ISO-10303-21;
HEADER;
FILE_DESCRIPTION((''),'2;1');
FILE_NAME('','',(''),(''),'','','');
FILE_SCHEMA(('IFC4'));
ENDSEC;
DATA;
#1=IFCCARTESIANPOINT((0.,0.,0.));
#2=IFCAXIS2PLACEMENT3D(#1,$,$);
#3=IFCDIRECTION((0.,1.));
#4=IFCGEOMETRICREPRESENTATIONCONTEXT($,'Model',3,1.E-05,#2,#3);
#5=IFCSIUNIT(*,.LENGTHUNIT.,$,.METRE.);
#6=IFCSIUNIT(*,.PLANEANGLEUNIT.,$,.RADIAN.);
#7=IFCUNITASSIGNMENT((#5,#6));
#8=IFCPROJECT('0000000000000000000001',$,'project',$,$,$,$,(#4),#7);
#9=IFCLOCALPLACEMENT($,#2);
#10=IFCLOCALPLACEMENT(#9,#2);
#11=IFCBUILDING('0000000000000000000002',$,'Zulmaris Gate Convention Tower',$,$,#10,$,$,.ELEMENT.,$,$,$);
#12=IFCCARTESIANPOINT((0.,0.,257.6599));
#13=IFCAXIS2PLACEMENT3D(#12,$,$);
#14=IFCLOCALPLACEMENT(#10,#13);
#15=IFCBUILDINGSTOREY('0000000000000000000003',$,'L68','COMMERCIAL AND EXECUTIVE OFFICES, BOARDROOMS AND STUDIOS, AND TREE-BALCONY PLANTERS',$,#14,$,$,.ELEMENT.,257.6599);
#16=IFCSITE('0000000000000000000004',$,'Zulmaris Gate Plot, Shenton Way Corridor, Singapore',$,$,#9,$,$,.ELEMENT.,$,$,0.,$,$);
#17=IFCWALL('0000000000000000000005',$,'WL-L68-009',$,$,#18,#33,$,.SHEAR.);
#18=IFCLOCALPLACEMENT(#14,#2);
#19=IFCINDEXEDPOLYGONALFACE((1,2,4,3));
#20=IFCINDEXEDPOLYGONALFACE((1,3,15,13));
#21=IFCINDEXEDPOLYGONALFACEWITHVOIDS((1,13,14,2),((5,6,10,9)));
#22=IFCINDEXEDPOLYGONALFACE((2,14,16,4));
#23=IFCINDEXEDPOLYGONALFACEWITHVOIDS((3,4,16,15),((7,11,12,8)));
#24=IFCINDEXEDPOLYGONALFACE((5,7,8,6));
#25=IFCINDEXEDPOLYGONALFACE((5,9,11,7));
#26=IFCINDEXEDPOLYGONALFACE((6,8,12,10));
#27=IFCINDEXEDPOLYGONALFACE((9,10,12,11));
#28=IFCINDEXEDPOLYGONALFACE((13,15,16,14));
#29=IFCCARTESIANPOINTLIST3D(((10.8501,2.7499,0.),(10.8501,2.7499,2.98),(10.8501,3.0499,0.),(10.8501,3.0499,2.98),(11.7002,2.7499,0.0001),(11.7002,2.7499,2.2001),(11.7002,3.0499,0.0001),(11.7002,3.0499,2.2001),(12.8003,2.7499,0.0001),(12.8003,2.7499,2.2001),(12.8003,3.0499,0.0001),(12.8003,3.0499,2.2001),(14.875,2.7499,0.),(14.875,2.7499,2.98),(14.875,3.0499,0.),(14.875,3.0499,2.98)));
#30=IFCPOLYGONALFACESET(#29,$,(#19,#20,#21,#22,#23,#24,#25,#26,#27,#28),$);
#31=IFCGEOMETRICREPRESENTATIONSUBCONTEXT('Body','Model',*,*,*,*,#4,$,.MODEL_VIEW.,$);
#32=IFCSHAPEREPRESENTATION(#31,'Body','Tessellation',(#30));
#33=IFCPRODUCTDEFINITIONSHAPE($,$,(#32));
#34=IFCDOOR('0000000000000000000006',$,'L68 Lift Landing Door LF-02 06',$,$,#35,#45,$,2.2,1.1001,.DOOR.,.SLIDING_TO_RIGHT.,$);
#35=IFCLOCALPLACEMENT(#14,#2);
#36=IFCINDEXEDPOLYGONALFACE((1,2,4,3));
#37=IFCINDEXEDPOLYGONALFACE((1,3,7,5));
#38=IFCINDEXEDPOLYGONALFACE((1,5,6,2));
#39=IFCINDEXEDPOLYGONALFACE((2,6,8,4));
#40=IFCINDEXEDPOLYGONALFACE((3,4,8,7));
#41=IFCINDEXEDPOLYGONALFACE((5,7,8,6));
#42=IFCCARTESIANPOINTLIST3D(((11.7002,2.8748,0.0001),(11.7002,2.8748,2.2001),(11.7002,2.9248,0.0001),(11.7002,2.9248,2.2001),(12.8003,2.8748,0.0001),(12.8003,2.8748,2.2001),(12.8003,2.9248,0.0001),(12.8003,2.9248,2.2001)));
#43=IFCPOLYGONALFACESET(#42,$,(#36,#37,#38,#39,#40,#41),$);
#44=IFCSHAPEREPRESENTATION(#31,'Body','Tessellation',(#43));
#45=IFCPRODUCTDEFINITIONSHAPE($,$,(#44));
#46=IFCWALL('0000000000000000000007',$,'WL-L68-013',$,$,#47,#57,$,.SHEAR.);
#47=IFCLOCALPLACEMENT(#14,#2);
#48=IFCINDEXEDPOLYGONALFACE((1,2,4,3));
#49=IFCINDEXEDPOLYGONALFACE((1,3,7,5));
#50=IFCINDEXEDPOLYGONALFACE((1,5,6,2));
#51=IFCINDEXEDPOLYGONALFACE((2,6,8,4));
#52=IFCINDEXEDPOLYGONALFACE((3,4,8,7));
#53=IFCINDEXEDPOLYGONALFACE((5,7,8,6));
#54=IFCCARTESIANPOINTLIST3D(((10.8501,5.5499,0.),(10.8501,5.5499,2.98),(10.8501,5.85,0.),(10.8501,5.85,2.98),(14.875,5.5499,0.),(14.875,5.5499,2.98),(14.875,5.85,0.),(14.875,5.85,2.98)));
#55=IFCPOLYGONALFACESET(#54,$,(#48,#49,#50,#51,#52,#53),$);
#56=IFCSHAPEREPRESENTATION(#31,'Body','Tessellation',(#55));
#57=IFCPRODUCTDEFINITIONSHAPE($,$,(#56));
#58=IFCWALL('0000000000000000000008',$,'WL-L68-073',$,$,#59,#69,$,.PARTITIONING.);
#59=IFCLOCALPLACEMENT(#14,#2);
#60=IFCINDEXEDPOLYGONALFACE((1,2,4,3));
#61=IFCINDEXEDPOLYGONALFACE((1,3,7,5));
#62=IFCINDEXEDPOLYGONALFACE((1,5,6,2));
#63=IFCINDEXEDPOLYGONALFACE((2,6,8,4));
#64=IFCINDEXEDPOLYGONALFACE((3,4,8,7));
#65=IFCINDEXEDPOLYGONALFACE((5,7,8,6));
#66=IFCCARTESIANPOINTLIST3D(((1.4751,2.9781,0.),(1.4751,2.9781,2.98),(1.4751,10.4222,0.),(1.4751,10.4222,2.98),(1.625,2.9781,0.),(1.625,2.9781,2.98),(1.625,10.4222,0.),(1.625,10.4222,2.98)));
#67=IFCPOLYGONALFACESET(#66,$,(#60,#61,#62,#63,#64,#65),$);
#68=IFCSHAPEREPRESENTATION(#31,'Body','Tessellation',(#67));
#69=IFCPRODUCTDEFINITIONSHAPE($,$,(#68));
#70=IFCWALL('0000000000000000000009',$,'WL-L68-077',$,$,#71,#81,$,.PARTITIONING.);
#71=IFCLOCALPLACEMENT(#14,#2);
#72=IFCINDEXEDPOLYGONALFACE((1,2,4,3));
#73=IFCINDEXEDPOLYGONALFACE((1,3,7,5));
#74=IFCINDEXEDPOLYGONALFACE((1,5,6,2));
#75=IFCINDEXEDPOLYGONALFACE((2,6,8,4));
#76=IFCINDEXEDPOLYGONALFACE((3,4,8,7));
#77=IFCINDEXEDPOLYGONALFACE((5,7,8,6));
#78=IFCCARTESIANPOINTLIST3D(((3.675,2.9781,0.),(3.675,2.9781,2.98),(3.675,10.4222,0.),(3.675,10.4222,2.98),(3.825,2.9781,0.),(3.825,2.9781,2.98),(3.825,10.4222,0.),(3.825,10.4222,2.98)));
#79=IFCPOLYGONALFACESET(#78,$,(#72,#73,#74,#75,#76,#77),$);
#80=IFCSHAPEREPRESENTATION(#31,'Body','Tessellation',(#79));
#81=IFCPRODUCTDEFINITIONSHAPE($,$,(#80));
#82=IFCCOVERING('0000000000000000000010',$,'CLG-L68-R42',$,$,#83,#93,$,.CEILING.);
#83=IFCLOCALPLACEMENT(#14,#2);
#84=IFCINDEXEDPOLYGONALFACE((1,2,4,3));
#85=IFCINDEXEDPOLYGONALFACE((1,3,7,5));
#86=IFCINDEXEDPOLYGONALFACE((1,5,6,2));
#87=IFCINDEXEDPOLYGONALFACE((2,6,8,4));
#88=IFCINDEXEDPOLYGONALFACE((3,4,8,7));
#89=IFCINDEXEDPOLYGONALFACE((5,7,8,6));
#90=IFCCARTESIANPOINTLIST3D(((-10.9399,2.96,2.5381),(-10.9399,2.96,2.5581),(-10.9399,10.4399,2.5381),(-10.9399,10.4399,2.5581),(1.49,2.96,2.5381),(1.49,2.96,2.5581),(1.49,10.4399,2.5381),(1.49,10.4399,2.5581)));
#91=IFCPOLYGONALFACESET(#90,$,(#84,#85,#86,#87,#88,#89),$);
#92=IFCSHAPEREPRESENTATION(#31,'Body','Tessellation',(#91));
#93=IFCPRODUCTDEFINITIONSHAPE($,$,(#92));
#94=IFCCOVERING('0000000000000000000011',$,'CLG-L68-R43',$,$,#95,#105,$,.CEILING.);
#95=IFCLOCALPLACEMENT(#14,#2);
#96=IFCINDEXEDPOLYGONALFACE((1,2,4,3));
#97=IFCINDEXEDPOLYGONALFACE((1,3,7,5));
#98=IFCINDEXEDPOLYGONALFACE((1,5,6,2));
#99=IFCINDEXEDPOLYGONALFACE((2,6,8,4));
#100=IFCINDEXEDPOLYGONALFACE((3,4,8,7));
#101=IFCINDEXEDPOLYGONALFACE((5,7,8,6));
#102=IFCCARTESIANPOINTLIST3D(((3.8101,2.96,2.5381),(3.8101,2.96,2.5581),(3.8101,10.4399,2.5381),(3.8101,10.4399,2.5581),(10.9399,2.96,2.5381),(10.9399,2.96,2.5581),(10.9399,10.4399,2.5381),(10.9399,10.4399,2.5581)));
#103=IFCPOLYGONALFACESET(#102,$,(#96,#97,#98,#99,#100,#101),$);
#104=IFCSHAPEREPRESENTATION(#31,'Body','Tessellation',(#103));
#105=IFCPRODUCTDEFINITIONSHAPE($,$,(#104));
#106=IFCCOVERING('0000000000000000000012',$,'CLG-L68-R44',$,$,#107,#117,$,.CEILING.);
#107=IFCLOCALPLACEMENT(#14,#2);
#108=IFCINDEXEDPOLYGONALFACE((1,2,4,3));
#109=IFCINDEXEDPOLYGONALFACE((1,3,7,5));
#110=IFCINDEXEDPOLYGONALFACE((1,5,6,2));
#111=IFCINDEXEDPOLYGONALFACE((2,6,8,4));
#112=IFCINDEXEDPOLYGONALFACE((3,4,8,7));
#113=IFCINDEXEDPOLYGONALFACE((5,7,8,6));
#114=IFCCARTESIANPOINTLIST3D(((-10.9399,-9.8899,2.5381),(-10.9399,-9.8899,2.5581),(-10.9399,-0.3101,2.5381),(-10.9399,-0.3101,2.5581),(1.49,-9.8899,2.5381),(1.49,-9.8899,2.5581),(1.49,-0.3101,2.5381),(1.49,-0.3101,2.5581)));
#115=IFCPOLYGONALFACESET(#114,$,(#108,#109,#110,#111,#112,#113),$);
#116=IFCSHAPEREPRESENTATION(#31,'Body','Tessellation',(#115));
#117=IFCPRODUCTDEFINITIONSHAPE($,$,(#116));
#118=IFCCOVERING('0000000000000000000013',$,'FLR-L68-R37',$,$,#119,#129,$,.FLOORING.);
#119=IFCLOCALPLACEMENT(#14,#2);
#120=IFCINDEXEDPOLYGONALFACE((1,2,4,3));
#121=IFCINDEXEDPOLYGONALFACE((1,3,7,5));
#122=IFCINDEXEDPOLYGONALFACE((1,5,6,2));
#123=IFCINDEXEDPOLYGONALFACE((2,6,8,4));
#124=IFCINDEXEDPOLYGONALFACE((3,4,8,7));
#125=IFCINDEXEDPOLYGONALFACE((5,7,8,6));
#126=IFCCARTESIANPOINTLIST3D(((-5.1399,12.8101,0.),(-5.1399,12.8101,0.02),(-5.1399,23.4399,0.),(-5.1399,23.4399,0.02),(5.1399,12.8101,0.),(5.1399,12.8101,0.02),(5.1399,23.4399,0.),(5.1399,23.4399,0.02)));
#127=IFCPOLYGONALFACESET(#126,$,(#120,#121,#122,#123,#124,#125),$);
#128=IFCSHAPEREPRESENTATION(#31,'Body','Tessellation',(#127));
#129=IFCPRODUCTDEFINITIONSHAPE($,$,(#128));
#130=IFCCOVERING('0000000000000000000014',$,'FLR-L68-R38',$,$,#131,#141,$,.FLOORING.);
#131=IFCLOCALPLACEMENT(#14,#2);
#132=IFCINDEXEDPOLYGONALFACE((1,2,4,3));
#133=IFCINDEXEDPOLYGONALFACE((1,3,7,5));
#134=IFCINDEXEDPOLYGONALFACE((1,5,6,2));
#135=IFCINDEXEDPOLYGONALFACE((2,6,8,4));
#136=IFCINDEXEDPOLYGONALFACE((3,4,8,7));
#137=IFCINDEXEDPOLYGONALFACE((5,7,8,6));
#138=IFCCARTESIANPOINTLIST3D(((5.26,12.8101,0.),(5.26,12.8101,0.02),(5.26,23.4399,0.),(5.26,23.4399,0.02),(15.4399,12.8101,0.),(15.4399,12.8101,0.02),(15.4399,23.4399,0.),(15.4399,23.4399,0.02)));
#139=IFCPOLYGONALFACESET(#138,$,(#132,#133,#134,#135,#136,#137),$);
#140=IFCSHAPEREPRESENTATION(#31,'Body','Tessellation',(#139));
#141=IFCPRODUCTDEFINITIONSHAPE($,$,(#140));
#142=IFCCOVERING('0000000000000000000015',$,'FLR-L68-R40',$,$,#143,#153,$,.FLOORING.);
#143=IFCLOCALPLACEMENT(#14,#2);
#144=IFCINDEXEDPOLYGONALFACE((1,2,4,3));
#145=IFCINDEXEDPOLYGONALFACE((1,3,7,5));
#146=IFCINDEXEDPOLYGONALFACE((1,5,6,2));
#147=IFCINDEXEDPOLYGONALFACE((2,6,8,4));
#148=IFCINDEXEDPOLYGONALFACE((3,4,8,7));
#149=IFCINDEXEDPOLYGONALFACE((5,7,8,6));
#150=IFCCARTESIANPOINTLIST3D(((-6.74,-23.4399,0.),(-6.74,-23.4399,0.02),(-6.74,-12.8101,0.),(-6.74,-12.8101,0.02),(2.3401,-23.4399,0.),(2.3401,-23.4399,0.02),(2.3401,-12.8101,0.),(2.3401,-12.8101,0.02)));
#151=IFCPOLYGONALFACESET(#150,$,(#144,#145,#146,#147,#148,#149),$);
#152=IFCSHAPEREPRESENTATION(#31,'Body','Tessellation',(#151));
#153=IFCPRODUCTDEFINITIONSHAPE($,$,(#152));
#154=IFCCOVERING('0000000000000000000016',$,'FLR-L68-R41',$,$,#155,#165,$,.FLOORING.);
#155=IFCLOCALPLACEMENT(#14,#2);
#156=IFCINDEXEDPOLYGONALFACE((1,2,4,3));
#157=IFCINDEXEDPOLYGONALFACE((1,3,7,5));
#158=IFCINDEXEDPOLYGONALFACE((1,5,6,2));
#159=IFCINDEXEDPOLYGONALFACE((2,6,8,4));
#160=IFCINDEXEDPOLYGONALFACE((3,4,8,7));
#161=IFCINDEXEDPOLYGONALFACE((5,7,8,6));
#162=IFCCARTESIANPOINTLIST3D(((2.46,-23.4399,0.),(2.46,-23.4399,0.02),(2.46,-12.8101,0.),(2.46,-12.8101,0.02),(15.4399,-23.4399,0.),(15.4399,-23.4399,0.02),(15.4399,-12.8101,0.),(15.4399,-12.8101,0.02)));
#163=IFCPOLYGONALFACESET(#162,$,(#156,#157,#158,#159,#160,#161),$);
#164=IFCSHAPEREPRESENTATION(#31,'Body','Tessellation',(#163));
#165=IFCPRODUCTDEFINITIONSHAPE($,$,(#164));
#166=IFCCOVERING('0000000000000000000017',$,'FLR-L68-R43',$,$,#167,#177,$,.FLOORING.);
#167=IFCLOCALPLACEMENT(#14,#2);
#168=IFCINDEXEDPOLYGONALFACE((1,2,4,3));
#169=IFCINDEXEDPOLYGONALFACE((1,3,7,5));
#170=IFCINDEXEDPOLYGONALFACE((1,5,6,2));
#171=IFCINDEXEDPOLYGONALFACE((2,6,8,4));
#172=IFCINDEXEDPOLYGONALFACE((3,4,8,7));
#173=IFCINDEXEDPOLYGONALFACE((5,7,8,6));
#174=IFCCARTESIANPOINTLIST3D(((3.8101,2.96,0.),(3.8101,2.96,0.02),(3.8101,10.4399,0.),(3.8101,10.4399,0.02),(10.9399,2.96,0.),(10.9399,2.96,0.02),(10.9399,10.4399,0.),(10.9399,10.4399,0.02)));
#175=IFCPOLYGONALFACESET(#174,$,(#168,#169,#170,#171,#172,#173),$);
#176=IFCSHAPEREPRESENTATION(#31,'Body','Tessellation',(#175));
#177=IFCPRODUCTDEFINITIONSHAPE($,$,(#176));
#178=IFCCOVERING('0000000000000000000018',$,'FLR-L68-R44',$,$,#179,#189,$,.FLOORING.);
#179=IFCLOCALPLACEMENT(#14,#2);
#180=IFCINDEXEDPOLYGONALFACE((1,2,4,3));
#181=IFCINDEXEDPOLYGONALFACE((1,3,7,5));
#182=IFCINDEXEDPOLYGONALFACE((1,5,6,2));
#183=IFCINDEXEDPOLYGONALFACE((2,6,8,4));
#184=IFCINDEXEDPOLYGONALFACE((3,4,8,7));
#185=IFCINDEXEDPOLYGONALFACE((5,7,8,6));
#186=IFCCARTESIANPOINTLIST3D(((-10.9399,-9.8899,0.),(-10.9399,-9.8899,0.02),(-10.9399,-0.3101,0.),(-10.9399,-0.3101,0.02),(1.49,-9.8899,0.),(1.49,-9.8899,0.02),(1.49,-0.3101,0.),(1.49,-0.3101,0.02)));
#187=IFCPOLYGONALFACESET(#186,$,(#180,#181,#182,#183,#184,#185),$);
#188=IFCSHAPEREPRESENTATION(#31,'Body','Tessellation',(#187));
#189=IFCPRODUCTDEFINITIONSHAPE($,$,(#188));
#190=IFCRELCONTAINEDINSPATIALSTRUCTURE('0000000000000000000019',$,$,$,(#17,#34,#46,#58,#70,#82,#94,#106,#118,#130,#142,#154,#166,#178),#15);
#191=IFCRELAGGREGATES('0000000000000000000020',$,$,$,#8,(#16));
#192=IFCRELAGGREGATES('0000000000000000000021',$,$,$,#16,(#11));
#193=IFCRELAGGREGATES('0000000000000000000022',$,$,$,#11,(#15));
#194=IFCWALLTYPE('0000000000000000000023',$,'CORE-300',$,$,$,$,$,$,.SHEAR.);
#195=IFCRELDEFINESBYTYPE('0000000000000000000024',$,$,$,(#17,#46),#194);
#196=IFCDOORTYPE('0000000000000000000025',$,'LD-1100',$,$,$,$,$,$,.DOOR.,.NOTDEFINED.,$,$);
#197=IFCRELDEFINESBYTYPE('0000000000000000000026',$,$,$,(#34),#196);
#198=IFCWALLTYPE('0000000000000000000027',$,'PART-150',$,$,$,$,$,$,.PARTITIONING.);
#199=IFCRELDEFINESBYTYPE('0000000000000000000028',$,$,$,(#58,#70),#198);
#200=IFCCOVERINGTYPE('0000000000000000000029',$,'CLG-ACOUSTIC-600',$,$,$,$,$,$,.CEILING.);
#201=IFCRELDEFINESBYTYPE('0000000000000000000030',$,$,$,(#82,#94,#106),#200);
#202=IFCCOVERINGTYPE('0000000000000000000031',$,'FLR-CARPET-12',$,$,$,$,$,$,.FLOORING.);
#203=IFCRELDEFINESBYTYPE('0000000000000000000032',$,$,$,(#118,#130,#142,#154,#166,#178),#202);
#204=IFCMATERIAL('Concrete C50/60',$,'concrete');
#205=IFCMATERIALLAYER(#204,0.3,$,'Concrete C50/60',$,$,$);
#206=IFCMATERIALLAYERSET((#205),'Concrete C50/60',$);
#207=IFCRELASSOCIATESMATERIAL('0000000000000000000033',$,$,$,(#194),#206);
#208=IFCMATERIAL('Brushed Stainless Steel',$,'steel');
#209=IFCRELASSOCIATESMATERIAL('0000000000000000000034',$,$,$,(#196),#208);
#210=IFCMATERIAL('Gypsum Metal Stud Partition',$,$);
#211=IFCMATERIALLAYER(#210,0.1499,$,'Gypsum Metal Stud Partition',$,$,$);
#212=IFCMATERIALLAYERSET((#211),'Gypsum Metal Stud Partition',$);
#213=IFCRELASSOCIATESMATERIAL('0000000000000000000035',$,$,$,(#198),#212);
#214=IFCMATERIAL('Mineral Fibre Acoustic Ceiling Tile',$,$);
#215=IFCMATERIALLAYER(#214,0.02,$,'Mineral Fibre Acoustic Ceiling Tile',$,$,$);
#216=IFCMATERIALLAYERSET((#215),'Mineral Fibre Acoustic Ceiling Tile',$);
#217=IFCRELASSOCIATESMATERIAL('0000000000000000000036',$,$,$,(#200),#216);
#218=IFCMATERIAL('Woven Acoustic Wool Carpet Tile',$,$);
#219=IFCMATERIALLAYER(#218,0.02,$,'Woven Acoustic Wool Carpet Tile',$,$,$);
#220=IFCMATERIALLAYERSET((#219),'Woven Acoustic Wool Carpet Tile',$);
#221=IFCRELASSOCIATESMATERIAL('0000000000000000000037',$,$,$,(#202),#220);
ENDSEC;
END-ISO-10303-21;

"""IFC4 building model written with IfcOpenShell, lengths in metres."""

from ifc_helpers import new_model, si_unit, direction, frame, frame_2d, origin, place, context, subcontext, project, spatial, polyline, rectangle, outline, extrude, material, layer, layer_set, type_object, element, fill, save


model = new_model("IFC4")

# Units and contexts
model_context = context("Model", 3, precision=1e-05, world=origin(), true_north=direction((0.0, 1.0)))
body_context = subcontext(model_context, "Body", "Model", "MODEL_VIEW")
ifc_project = project(units=[si_unit("LENGTHUNIT", "METRE"), si_unit("PLANEANGLEUNIT", "RADIAN")], contexts=[model_context])

# Site, building, storey
site_placement = place(None, origin())
site = spatial("IfcSite", under=ifc_project, at=site_placement, Name="Zulmaris Gate Plot, Shenton Way Corridor, Singapore", CompositionType="ELEMENT", RefElevation=0.0)
building_placement = place(site_placement, origin())
building = spatial("IfcBuilding", under=site, at=building_placement, Name="Zulmaris Gate Convention Tower", CompositionType="ELEMENT")
storey_placement = place(building_placement, frame((0.0, 0.0, 257.6599)))
storey = spatial("IfcBuildingStorey", under=building, at=storey_placement, Name="L68", Description="COMMERCIAL AND EXECUTIVE OFFICES, BOARDROOMS AND STUDIOS, AND TREE-BALCONY PLANTERS", CompositionType="ELEMENT", Elevation=257.6599)

# Wall, opening, door
ifc_material_1 = material(Name="Concrete C50/60", Category="concrete")
ifc_layer_1 = layer(ifc_material_1, 0.3, Name="Concrete C50/60")
ifc_layer_set_1 = layer_set([ifc_layer_1], Name="Concrete C50/60")
wall_type_1 = type_object("IfcWallType", Name="CORE-300", PredefinedType="SHEAR", material=ifc_layer_set_1)
wall_1_placement = place(storey_placement, frame((10.8501, 2.8999, 0.0), z_axis=(0.0, 0.0, 1.0), x_axis=(1.0, 0.0, 0.0)))
wall_1 = element("IfcWall", 1, at=wall_1_placement, inside=storey, type_object=wall_type_1, Name="WL-L68-009", PredefinedType="SHEAR", context=body_context, shape_type="SweptSolid", body=[
    extrude(rectangle(XDim=4.0249, YDim=0.3, at=frame_2d((2.0125, 0.0))), origin(), (0.0, 0.0, 1.0), 2.98),
])
opening_placement = place(wall_1_placement, frame((0.8501, 0.0, 0.0)))
opening = element("IfcOpeningElement", 2, at=opening_placement, cuts=wall_1, PredefinedType="OPENING", context=body_context, shape_type="SweptSolid", body=[
    extrude(rectangle(XDim=1.1001, YDim=2.2, at=frame_2d((0.55, 1.1001))), frame((0.0, 0.1602, 0.0), z_axis=(0.0, -1.0, 0.0), x_axis=(1.0, 0.0, 0.0)), (0.0, 0.0, 1.0), 0.3201),
])
ifc_material_2 = material(Name="Brushed Stainless Steel", Category="steel")
door_type = type_object("IfcDoorType", Name="LD-1100", OperationType="NOTDEFINED", PredefinedType="DOOR", material=ifc_material_2)
door_placement = place(opening_placement, origin())
door = element("IfcDoor", 3, at=door_placement, inside=storey, type_object=door_type, Name="L68 Lift Landing Door LF-02 06", OperationType="SLIDING_TO_RIGHT", OverallHeight=2.2, OverallWidth=1.1001, PredefinedType="DOOR", context=body_context, shape_type="SweptSolid", body=[
    extrude(rectangle(XDim=1.1001, YDim=2.2, at=frame_2d((0.55, 1.1001))), frame((0.0, 0.0249, 0.0), z_axis=(0.0, -1.0, 0.0), x_axis=(1.0, 0.0, 0.0)), (0.0, 0.0, 1.0), 0.05),
])
fill(opening, door)

# Walls
wall_2_placement = place(storey_placement, frame((10.8501, 5.7, 0.0), z_axis=(0.0, 0.0, 1.0), x_axis=(1.0, 0.0, 0.0)))
element("IfcWall", 4, at=wall_2_placement, inside=storey, type_object=wall_type_1, Name="WL-L68-013", PredefinedType="SHEAR", context=body_context, shape_type="SweptSolid", body=[
    extrude(rectangle(XDim=4.0249, YDim=0.3, at=frame_2d((2.0125, 0.0))), origin(), (0.0, 0.0, 1.0), 2.98),
])
ifc_material_3 = material(Name="Gypsum Metal Stud Partition")
ifc_layer_2 = layer(ifc_material_3, 0.1499, Name="Gypsum Metal Stud Partition")
ifc_layer_set_2 = layer_set([ifc_layer_2], Name="Gypsum Metal Stud Partition")
wall_type_2 = type_object("IfcWallType", Name="PART-150", PredefinedType="PARTITIONING", material=ifc_layer_set_2)
for number, where, z_axis, x_axis, name in (
    (5, (1.55, 2.978, 0.0), (0.0, 0.0, 1.0), (0.0, 1.0, 0.0), "WL-L68-073"),
    (6, (3.75, 2.978, 0.0), (0.0, 0.0, 1.0), (0.0, 1.0, 0.0), "WL-L68-077"),
):
    element("IfcWall", number, at=place(storey_placement, frame(where, z_axis=z_axis, x_axis=x_axis)), inside=storey, type_object=wall_type_2, Name=name, PredefinedType="PARTITIONING", context=body_context, shape_type="SweptSolid", body=[
        extrude(rectangle(XDim=7.4441, YDim=0.1499, at=frame_2d((3.7222, 0.0))), origin(), (0.0, 0.0, 1.0), 2.98),
    ])

# Coverings
ifc_material_4 = material(Name="Mineral Fibre Acoustic Ceiling Tile")
ifc_layer_3 = layer(ifc_material_4, 0.02, Name="Mineral Fibre Acoustic Ceiling Tile")
ifc_layer_set_3 = layer_set([ifc_layer_3], Name="Mineral Fibre Acoustic Ceiling Tile")
covering_type_1 = type_object("IfcCoveringType", Name="CLG-ACOUSTIC-600", PredefinedType="CEILING", material=ifc_layer_set_3)
covering_1_placement = place(storey_placement, frame((0.0, 0.0, 2.5381)))
element("IfcCovering", 7, at=covering_1_placement, inside=storey, type_object=covering_type_1, Name="CLG-L68-R42", PredefinedType="CEILING", context=body_context, shape_type="SweptSolid", body=[
    extrude(outline(polyline([(-10.9399, 2.96), (1.49, 2.96), (1.49, 10.4399), (-10.9399, 10.4399), (-10.9399, 2.96)])), origin(), (0.0, 0.0, 1.0), 0.02),
])
covering_2_placement = place(storey_placement, frame((0.0, 0.0, 2.5381)))
element("IfcCovering", 8, at=covering_2_placement, inside=storey, type_object=covering_type_1, Name="CLG-L68-R43", PredefinedType="CEILING", context=body_context, shape_type="SweptSolid", body=[
    extrude(outline(polyline([(3.8101, 2.96), (10.9399, 2.96), (10.9399, 10.4399), (3.8101, 10.4399), (3.8101, 2.96)])), origin(), (0.0, 0.0, 1.0), 0.02),
])
covering_3_placement = place(storey_placement, frame((0.0, 0.0, 2.5381)))
element("IfcCovering", 9, at=covering_3_placement, inside=storey, type_object=covering_type_1, Name="CLG-L68-R44", PredefinedType="CEILING", context=body_context, shape_type="SweptSolid", body=[
    extrude(outline(polyline([(-10.9399, -9.8899), (1.49, -9.8899), (1.49, -0.3101), (-10.9399, -0.3101), (-10.9399, -9.8899)])), origin(), (0.0, 0.0, 1.0), 0.02),
])
ifc_material_5 = material(Name="Woven Acoustic Wool Carpet Tile")
ifc_layer_4 = layer(ifc_material_5, 0.02, Name="Woven Acoustic Wool Carpet Tile")
ifc_layer_set_4 = layer_set([ifc_layer_4], Name="Woven Acoustic Wool Carpet Tile")
covering_type_2 = type_object("IfcCoveringType", Name="FLR-CARPET-12", PredefinedType="FLOORING", material=ifc_layer_set_4)
covering_4_placement = place(storey_placement, origin())
element("IfcCovering", 10, at=covering_4_placement, inside=storey, type_object=covering_type_2, Name="FLR-L68-R37", PredefinedType="FLOORING", context=body_context, shape_type="SweptSolid", body=[
    extrude(outline(polyline([(-5.1399, 12.8101), (5.1399, 12.8101), (5.1399, 23.4399), (-5.1399, 23.4399), (-5.1399, 12.8101)])), origin(), (0.0, 0.0, 1.0), 0.02),
])
covering_5_placement = place(storey_placement, origin())
element("IfcCovering", 11, at=covering_5_placement, inside=storey, type_object=covering_type_2, Name="FLR-L68-R38", PredefinedType="FLOORING", context=body_context, shape_type="SweptSolid", body=[
    extrude(outline(polyline([(5.26, 12.8101), (15.4399, 12.8101), (15.4399, 23.4399), (5.26, 23.4399), (5.26, 12.8101)])), origin(), (0.0, 0.0, 1.0), 0.02),
])
covering_6_placement = place(storey_placement, origin())
element("IfcCovering", 12, at=covering_6_placement, inside=storey, type_object=covering_type_2, Name="FLR-L68-R40", PredefinedType="FLOORING", context=body_context, shape_type="SweptSolid", body=[
    extrude(outline(polyline([(-6.74, -23.4399), (2.3401, -23.4399), (2.3401, -12.8101), (-6.74, -12.8101), (-6.74, -23.4399)])), origin(), (0.0, 0.0, 1.0), 0.02),
])
covering_7_placement = place(storey_placement, origin())
element("IfcCovering", 13, at=covering_7_placement, inside=storey, type_object=covering_type_2, Name="FLR-L68-R41", PredefinedType="FLOORING", context=body_context, shape_type="SweptSolid", body=[
    extrude(outline(polyline([(2.46, -23.4399), (15.4399, -23.4399), (15.4399, -12.8101), (2.46, -12.8101), (2.46, -23.4399)])), origin(), (0.0, 0.0, 1.0), 0.02),
])
covering_8_placement = place(storey_placement, origin())
element("IfcCovering", 14, at=covering_8_placement, inside=storey, type_object=covering_type_2, Name="FLR-L68-R43", PredefinedType="FLOORING", context=body_context, shape_type="SweptSolid", body=[
    extrude(outline(polyline([(3.8101, 2.96), (10.9399, 2.96), (10.9399, 10.4399), (3.8101, 10.4399), (3.8101, 2.96)])), origin(), (0.0, 0.0, 1.0), 0.02),
])
covering_9_placement = place(storey_placement, origin())
element("IfcCovering", 15, at=covering_9_placement, inside=storey, type_object=covering_type_2, Name="FLR-L68-R44", PredefinedType="FLOORING", context=body_context, shape_type="SweptSolid", body=[
    extrude(outline(polyline([(-10.9399, -9.8899), (1.49, -9.8899), (1.49, -0.3101), (-10.9399, -0.3101), (-10.9399, -9.8899)])), origin(), (0.0, 0.0, 1.0), 0.02),
])

save(model, "model.ifc")
